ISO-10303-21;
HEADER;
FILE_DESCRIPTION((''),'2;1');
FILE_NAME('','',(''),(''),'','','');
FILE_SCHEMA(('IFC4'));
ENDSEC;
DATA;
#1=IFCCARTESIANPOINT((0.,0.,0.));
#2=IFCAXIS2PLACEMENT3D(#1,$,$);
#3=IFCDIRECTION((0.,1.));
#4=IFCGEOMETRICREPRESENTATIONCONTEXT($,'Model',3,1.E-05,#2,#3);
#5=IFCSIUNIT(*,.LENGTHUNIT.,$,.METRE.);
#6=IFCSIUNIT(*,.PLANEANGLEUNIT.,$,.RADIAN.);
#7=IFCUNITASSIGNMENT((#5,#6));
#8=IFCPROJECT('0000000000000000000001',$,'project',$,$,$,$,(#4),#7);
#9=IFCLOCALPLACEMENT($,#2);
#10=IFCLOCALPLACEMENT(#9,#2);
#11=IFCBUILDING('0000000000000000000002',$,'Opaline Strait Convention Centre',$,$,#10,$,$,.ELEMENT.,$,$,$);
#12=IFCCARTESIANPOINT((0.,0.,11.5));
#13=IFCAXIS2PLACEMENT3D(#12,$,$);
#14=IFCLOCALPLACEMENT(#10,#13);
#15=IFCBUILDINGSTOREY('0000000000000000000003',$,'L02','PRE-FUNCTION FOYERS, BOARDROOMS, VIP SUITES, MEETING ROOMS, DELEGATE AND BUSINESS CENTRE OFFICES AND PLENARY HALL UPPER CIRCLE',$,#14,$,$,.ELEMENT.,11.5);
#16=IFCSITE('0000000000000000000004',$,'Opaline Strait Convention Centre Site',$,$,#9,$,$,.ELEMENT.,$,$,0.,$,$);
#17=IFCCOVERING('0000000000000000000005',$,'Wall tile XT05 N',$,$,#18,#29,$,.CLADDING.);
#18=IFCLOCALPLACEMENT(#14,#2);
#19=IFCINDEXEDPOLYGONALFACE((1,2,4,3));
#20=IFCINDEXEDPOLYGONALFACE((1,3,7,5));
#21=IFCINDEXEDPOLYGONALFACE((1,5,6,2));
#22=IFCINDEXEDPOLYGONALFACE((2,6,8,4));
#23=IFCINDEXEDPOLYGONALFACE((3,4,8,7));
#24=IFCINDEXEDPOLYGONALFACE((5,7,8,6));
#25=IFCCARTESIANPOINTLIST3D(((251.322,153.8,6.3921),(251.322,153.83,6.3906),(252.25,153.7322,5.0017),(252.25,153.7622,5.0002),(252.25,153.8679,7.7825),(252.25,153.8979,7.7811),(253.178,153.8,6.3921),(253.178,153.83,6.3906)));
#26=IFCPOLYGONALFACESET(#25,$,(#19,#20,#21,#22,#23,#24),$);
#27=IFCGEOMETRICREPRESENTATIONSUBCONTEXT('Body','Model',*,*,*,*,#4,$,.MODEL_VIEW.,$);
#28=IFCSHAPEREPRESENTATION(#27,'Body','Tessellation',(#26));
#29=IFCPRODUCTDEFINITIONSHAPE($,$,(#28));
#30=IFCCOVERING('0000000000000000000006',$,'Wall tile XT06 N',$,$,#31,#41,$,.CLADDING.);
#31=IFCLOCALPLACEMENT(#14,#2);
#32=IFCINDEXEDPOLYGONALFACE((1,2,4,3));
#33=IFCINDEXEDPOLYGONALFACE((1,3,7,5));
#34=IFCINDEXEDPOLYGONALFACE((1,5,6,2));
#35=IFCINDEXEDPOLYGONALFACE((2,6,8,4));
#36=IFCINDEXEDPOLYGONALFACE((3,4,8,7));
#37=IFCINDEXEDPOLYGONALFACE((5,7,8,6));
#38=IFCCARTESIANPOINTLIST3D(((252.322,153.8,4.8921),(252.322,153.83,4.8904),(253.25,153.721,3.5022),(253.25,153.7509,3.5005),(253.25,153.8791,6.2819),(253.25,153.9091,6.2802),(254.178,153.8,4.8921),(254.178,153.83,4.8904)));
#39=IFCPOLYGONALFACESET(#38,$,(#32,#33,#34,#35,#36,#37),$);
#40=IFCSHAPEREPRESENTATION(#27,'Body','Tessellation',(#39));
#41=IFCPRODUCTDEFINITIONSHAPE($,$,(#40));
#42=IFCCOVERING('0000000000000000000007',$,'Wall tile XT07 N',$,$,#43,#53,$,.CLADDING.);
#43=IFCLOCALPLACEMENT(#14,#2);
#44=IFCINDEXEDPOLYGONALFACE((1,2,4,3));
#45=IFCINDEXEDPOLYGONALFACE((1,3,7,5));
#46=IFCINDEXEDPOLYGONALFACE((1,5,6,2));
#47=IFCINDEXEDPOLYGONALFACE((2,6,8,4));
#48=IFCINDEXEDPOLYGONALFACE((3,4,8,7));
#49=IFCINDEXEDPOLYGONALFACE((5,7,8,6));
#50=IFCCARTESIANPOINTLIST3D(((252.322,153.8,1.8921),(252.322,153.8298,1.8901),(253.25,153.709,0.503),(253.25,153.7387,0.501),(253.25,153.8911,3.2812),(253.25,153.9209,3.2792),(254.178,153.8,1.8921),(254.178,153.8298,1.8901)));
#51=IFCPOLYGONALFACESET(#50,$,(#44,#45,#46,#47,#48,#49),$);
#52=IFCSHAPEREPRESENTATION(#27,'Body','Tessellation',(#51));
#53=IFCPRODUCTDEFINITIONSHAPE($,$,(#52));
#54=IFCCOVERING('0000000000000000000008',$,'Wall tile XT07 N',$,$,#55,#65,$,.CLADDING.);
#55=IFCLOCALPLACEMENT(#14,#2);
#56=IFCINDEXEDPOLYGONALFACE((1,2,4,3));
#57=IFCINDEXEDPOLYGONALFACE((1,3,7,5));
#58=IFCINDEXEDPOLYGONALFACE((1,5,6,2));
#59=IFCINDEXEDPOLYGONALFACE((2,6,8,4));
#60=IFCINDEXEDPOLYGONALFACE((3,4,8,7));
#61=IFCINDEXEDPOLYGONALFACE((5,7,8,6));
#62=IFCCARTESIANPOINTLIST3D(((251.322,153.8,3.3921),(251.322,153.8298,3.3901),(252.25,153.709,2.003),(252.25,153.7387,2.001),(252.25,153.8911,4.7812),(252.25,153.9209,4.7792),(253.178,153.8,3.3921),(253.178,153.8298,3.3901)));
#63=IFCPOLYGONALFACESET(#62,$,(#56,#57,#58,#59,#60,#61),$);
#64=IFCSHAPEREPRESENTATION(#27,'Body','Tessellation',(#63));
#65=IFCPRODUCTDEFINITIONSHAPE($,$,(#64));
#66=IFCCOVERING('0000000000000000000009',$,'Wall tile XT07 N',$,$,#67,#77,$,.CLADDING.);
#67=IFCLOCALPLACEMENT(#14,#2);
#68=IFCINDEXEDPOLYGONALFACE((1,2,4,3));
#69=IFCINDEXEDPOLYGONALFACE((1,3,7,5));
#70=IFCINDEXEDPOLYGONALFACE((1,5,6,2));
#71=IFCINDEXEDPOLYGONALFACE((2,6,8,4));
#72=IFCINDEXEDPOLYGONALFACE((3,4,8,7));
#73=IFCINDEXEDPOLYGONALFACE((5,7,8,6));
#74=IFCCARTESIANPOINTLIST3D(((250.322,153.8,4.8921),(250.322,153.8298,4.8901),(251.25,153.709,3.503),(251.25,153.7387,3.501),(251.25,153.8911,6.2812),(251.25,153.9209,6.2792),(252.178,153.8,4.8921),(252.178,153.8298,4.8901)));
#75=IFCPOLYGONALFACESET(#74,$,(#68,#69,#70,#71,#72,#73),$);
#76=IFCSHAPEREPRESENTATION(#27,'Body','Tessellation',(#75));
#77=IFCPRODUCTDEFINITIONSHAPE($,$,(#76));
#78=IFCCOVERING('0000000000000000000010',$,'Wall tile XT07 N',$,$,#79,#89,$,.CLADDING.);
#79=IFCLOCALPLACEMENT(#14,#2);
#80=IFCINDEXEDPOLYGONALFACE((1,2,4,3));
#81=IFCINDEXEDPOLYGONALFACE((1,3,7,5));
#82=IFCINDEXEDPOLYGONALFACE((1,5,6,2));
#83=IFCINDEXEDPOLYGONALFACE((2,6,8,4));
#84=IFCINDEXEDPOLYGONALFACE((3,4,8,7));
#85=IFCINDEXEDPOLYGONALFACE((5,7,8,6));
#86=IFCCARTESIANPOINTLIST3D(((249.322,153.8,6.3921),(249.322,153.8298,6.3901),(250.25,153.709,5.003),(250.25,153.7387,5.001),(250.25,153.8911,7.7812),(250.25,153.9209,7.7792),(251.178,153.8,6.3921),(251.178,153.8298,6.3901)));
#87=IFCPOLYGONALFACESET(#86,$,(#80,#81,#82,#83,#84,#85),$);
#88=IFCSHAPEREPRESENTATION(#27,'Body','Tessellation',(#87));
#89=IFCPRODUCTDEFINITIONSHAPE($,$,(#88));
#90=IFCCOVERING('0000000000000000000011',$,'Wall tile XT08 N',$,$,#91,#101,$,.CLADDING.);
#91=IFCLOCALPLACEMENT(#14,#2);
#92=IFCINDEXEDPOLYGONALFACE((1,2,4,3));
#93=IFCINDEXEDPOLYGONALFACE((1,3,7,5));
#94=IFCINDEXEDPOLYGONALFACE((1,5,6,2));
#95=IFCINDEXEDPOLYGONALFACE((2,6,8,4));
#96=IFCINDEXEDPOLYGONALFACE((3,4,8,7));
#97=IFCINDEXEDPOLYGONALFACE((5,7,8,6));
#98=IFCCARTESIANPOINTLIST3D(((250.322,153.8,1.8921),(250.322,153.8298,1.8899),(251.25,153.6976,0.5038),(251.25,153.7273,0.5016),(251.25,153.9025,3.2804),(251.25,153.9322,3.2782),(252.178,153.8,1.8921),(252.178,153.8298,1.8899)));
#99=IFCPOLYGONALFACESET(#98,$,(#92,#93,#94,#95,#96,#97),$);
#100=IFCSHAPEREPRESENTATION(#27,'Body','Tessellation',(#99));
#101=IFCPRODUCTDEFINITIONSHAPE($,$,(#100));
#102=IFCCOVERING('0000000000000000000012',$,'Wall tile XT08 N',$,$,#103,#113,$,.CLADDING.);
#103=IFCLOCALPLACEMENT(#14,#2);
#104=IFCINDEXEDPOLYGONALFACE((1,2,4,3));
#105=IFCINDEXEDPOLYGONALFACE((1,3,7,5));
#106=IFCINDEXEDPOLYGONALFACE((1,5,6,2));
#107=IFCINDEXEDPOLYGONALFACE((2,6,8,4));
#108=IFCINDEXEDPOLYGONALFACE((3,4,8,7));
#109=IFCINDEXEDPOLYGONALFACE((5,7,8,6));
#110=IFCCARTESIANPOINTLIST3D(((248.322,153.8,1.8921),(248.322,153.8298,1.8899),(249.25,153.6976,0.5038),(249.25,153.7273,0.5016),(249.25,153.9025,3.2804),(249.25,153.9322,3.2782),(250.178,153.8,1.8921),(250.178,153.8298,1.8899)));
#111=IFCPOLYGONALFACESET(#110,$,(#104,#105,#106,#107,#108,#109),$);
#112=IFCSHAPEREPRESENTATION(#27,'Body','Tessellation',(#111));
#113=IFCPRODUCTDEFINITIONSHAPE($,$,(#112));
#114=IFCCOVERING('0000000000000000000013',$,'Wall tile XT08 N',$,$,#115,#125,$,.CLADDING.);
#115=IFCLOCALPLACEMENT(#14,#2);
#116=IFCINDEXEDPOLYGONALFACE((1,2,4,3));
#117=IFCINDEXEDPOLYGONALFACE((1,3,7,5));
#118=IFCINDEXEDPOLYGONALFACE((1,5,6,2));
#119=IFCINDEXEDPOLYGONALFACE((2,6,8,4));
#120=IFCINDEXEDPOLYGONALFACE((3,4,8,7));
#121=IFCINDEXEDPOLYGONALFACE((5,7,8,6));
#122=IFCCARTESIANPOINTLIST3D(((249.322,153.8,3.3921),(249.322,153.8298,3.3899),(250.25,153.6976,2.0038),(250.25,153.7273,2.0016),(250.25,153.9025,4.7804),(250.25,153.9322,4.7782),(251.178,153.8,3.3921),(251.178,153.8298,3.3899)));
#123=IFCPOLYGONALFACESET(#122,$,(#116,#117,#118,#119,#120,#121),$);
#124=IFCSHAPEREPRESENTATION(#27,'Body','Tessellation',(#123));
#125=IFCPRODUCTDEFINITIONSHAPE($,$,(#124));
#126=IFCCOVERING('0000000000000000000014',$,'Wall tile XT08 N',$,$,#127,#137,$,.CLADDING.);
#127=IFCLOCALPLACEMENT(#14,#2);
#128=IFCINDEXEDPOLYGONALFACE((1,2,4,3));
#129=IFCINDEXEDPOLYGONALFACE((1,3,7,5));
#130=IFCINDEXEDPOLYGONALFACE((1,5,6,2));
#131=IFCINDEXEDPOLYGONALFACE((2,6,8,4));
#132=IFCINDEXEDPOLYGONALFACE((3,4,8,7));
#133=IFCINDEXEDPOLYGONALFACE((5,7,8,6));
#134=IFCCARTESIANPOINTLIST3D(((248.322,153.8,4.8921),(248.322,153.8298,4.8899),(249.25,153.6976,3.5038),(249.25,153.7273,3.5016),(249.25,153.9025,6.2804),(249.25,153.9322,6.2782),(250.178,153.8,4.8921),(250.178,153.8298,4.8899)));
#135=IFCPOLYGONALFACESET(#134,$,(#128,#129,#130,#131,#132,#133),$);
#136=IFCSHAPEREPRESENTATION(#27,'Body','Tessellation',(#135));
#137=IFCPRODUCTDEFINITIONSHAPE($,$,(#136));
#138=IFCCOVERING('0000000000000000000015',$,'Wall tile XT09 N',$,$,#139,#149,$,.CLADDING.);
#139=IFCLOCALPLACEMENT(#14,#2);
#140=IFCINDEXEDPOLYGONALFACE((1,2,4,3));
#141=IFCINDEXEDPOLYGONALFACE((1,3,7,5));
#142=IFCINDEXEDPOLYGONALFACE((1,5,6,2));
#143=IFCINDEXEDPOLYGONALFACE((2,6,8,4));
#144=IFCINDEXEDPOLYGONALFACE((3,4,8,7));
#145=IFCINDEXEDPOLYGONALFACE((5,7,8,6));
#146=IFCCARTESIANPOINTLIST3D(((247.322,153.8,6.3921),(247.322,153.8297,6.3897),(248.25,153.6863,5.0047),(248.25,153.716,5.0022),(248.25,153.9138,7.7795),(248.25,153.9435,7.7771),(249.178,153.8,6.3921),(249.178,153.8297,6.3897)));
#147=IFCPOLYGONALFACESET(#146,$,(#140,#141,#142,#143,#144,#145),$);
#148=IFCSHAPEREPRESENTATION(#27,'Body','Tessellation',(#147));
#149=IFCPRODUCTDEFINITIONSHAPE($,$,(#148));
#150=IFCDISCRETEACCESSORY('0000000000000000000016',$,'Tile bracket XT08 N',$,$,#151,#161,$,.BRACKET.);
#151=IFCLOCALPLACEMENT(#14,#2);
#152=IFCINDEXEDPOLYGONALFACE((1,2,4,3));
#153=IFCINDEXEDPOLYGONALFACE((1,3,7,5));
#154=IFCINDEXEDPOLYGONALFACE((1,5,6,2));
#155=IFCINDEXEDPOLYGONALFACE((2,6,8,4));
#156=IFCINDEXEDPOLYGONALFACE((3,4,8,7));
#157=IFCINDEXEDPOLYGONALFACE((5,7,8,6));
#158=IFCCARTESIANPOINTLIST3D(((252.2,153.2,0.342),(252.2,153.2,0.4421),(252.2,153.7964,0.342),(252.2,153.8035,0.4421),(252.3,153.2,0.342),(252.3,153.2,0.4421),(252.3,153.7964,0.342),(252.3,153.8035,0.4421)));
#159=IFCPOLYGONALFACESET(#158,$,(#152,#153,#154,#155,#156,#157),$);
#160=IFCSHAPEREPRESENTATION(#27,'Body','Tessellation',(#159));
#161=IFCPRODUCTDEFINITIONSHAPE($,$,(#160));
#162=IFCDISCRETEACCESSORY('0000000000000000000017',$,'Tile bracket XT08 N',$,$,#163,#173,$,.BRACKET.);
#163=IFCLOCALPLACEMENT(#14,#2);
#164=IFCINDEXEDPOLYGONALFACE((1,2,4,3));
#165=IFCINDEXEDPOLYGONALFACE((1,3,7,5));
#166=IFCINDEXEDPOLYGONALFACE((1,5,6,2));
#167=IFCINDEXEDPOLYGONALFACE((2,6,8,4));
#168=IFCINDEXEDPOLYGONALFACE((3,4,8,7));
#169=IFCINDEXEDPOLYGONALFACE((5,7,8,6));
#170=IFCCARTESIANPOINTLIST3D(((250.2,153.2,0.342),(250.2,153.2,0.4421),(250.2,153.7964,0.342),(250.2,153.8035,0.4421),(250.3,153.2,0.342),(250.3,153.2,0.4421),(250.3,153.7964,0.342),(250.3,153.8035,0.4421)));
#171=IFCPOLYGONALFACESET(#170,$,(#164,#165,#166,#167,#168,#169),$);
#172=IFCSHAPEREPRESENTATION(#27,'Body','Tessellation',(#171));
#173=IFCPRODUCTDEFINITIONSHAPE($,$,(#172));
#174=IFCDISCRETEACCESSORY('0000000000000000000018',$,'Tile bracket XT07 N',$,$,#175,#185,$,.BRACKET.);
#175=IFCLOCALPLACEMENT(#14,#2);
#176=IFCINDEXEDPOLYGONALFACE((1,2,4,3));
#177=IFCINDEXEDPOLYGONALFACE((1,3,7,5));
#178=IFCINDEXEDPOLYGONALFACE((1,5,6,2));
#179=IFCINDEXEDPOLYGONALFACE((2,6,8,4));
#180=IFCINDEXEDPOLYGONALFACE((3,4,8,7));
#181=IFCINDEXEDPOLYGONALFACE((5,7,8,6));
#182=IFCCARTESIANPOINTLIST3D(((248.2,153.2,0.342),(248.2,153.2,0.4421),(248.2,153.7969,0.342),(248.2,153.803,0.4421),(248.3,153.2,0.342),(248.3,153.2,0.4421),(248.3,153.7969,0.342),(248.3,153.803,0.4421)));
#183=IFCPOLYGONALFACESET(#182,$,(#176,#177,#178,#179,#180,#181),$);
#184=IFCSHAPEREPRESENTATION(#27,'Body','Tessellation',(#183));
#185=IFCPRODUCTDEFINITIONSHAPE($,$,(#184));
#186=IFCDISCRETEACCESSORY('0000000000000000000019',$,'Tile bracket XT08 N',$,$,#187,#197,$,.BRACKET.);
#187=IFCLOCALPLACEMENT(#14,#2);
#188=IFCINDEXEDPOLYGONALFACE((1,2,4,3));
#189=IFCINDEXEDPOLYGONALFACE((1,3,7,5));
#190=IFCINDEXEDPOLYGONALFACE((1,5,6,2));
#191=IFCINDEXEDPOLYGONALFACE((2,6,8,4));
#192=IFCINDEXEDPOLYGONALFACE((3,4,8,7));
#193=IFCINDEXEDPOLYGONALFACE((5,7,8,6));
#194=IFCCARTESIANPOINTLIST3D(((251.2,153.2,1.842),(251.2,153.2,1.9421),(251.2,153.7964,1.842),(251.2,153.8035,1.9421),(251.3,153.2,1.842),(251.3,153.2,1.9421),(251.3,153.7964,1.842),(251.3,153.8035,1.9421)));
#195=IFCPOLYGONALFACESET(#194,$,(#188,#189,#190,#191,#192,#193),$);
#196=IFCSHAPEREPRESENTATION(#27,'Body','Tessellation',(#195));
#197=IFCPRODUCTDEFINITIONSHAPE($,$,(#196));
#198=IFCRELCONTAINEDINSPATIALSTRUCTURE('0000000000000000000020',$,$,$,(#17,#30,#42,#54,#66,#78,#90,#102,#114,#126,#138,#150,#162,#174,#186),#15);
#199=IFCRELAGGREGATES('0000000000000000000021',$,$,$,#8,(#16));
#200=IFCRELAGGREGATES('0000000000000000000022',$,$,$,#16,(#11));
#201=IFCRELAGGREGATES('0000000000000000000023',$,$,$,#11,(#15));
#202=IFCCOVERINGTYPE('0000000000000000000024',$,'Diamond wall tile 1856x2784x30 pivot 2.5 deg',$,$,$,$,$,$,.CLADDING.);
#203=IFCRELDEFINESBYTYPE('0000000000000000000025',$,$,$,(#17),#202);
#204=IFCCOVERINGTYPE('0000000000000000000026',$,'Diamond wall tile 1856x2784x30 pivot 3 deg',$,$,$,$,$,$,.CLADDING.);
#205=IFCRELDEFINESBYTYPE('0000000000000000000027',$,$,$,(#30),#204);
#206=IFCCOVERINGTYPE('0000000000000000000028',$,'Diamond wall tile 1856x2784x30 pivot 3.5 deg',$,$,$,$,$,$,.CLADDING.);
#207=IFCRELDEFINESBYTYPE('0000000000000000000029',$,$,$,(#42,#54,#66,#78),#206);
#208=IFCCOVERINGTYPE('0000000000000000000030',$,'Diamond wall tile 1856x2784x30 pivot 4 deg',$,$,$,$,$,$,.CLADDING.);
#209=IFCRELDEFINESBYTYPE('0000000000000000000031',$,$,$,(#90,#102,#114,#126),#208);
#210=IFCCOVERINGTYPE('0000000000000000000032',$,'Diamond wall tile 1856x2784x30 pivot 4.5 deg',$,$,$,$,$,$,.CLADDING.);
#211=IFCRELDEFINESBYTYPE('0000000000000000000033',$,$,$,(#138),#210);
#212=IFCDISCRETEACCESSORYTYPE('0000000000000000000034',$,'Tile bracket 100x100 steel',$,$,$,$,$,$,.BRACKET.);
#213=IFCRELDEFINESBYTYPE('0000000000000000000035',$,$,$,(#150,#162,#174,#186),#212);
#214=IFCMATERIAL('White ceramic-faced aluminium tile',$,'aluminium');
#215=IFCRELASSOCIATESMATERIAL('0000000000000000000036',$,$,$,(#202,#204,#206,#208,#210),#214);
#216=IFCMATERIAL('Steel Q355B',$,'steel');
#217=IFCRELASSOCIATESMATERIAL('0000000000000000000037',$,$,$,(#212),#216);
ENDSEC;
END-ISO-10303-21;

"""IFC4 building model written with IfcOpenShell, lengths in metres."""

from ifc_helpers import new_model, si_unit, direction, frame, origin, place, context, subcontext, project, spatial, polyline, outline, extrude, material, material_profile, profile_set, type_object, element, save


model = new_model("IFC4")

# Units and contexts
model_context = context("Model", 3, precision=1e-05, world=origin(), true_north=direction((0.0, 1.0)))
body_context = subcontext(model_context, "Body", "Model", "MODEL_VIEW")
ifc_project = project(units=[si_unit("LENGTHUNIT", "METRE"), si_unit("PLANEANGLEUNIT", "RADIAN")], contexts=[model_context])

# Site, building, storey
site_placement = place(None, origin())
site = spatial("IfcSite", under=ifc_project, at=site_placement, Name="Opaline Strait Convention Centre Site", CompositionType="ELEMENT", RefElevation=0.0)
building_placement = place(site_placement, origin())
building = spatial("IfcBuilding", under=site, at=building_placement, Name="Opaline Strait Convention Centre", CompositionType="ELEMENT")
storey_placement = place(building_placement, frame((0.0, 0.0, 11.5)))
storey = spatial("IfcBuildingStorey", under=building, at=storey_placement, Name="L02", Description="PRE-FUNCTION FOYERS, BOARDROOMS, VIP SUITES, MEETING ROOMS, DELEGATE AND BUSINESS CENTRE OFFICES AND PLENARY HALL UPPER CIRCLE", CompositionType="ELEMENT", Elevation=11.5)

# Coverings
ifc_material_1 = material(Name="White ceramic-faced aluminium tile", Category="aluminium")
ifc_material_profile_1 = material_profile(ifc_material_1, outline(polyline([(0.928, 0.0), (0.0, 1.3921), (-0.928, 0.0), (0.0, -1.3921), (0.928, 0.0)])), Name="Diamond tile 1856x2784")
ifc_profile_set_1 = profile_set([ifc_material_profile_1], Name="White ceramic-faced aluminium tile")
covering_type_1 = type_object("IfcCoveringType", Name="Diamond wall tile 1856x2784x30 pivot 2.5 deg", PredefinedType="CLADDING", material=ifc_profile_set_1)
covering_1_placement = place(storey_placement, frame((252.25, 153.8, 6.3921), z_axis=(0.0, 0.998812, -0.048723), x_axis=(-1.0, 0.0, 0.0)))
element("IfcCovering", 1, at=covering_1_placement, inside=storey, type_object=covering_type_1, Name="Wall tile XT05 N", PredefinedType="CLADDING", context=body_context, shape_type="SweptSolid", body=[
    extrude(outline(polyline([(0.928, 0.0), (0.0, 1.3921), (-0.928, 0.0), (0.0, -1.3921), (0.928, 0.0)])), origin(), (0.0, 0.0, 1.0), 0.03),
])
ifc_material_profile_2 = material_profile(ifc_material_1, outline(polyline([(0.928, 0.0), (0.0, 1.3921), (-0.928, 0.0), (0.0, -1.3921), (0.928, 0.0)])), Name="Diamond tile 1856x2784")
ifc_profile_set_2 = profile_set([ifc_material_profile_2], Name="White ceramic-faced aluminium tile")
covering_type_2 = type_object("IfcCoveringType", Name="Diamond wall tile 1856x2784x30 pivot 3 deg", PredefinedType="CLADDING", material=ifc_profile_set_2)
covering_2_placement = place(storey_placement, frame((253.25, 153.8, 4.8921), z_axis=(0.0, 0.998385, -0.056819), x_axis=(-1.0, 0.0, 0.0)))
element("IfcCovering", 2, at=covering_2_placement, inside=storey, type_object=covering_type_2, Name="Wall tile XT06 N", PredefinedType="CLADDING", context=body_context, shape_type="SweptSolid", body=[
    extrude(outline(polyline([(0.928, 0.0), (0.0, 1.3921), (-0.928, 0.0), (0.0, -1.3921), (0.928, 0.0)])), origin(), (0.0, 0.0, 1.0), 0.03),
])
ifc_material_profile_3 = material_profile(ifc_material_1, outline(polyline([(0.928, 0.0), (0.0, 1.3921), (-0.928, 0.0), (0.0, -1.3921), (0.928, 0.0)])), Name="Diamond tile 1856x2784")
ifc_profile_set_3 = profile_set([ifc_material_profile_3], Name="White ceramic-faced aluminium tile")
covering_type_3 = type_object("IfcCoveringType", Name="Diamond wall tile 1856x2784x30 pivot 3.5 deg", PredefinedType="CLADDING", material=ifc_profile_set_3)
for number, where, z_axis, x_axis, name in (
    (3, (253.25, 153.8, 1.8921), (0.0, 0.997857, -0.065433), (-1.0, 0.0, 0.0), "Wall tile XT07 N"),
    (4, (252.25, 153.8, 3.3921), (0.0, 0.997857, -0.065433), (-1.0, 0.0, 0.0), "Wall tile XT07 N"),
    (5, (251.25, 153.8, 4.8921), (0.0, 0.997857, -0.065433), (-1.0, 0.0, 0.0), "Wall tile XT07 N"),
    (6, (250.25, 153.8, 6.3921), (0.0, 0.997857, -0.065433), (-1.0, 0.0, 0.0), "Wall tile XT07 N"),
):
    element("IfcCovering", number, at=place(storey_placement, frame(where, z_axis=z_axis, x_axis=x_axis)), inside=storey, type_object=covering_type_3, Name=name, PredefinedType="CLADDING", context=body_context, shape_type="SweptSolid", body=[
        extrude(outline(polyline([(0.928, 0.0), (0.0, 1.3921), (-0.928, 0.0), (0.0, -1.3921), (0.928, 0.0)])), origin(), (0.0, 0.0, 1.0), 0.0298),
    ])
ifc_material_profile_4 = material_profile(ifc_material_1, outline(polyline([(0.928, 0.0), (0.0, 1.3921), (-0.928, 0.0), (0.0, -1.3921), (0.928, 0.0)])), Name="Diamond tile 1856x2784")
ifc_profile_set_4 = profile_set([ifc_material_profile_4], Name="White ceramic-faced aluminium tile")
covering_type_4 = type_object("IfcCoveringType", Name="Diamond wall tile 1856x2784x30 pivot 4 deg", PredefinedType="CLADDING", material=ifc_profile_set_4)
for number, where, z_axis, x_axis, name in (
    (7, (251.25, 153.8, 1.8921), (0.0, 0.99729, -0.073571), (-1.0, 0.0, 0.0), "Wall tile XT08 N"),
    (8, (249.25, 153.8, 1.8921), (0.0, 0.99729, -0.073571), (-1.0, 0.0, 0.0), "Wall tile XT08 N"),
    (9, (250.25, 153.8, 3.3921), (0.0, 0.99729, -0.073571), (-1.0, 0.0, 0.0), "Wall tile XT08 N"),
    (10, (249.25, 153.8, 4.8921), (0.0, 0.99729, -0.073571), (-1.0, 0.0, 0.0), "Wall tile XT08 N"),
):
    element("IfcCovering", number, at=place(storey_placement, frame(where, z_axis=z_axis, x_axis=x_axis)), inside=storey, type_object=covering_type_4, Name=name, PredefinedType="CLADDING", context=body_context, shape_type="SweptSolid", body=[
        extrude(outline(polyline([(0.928, 0.0), (0.0, 1.3921), (-0.928, 0.0), (0.0, -1.3921), (0.928, 0.0)])), origin(), (0.0, 0.0, 1.0), 0.0298),
    ])
ifc_material_profile_5 = material_profile(ifc_material_1, outline(polyline([(0.928, 0.0), (0.0, 1.3921), (-0.928, 0.0), (0.0, -1.3921), (0.928, 0.0)])), Name="Diamond tile 1856x2784")
ifc_profile_set_5 = profile_set([ifc_material_profile_5], Name="White ceramic-faced aluminium tile")
covering_type_5 = type_object("IfcCoveringType", Name="Diamond wall tile 1856x2784x30 pivot 4.5 deg", PredefinedType="CLADDING", material=ifc_profile_set_5)
covering_3_placement = place(storey_placement, frame((248.25, 153.8, 6.3921), z_axis=(0.0, 0.996658, -0.081693), x_axis=(-1.0, 0.0, 0.0)))
element("IfcCovering", 11, at=covering_3_placement, inside=storey, type_object=covering_type_5, Name="Wall tile XT09 N", PredefinedType="CLADDING", context=body_context, shape_type="SweptSolid", body=[
    extrude(outline(polyline([(0.928, 0.0), (0.0, 1.3921), (-0.928, 0.0), (0.0, -1.3921), (0.928, 0.0)])), origin(), (0.0, 0.0, 1.0), 0.0298),
])

# Discrete accessories
ifc_material_2 = material(Name="Steel Q355B", Category="steel")
discrete_accessory_type = type_object("IfcDiscreteAccessoryType", Name="Tile bracket 100x100 steel", PredefinedType="BRACKET", material=ifc_material_2)
for number, where, z_axis, x_axis, name in (
    (12, (252.3, 153.2, 0.3921), (-1.0, 0.0, 0.0), (0.0, -1.0, 0.0), "Tile bracket XT08 N"),
    (13, (250.3, 153.2, 0.3921), (-1.0, 0.0, 0.0), (0.0, -1.0, 0.0), "Tile bracket XT08 N"),
):
    element("IfcDiscreteAccessory", number, at=place(storey_placement, frame(where, z_axis=z_axis, x_axis=x_axis)), inside=storey, type_object=discrete_accessory_type, Name=name, PredefinedType="BRACKET", context=body_context, shape_type="SweptSolid", body=[
        extrude(outline(polyline([(0.0, -0.05), (0.0, 0.05), (-0.6035, 0.05), (-0.5964, -0.05), (0.0, -0.05)])), origin(), (0.0, 0.0, 1.0), 0.1001),
    ])
discrete_accessory_1_placement = place(storey_placement, frame((248.3, 153.2, 0.3921), z_axis=(-1.0, 0.0, 0.0), x_axis=(0.0, -1.0, 0.0)))
element("IfcDiscreteAccessory", 14, at=discrete_accessory_1_placement, inside=storey, type_object=discrete_accessory_type, Name="Tile bracket XT07 N", PredefinedType="BRACKET", context=body_context, shape_type="SweptSolid", body=[
    extrude(outline(polyline([(0.0, -0.05), (0.0, 0.05), (-0.603, 0.05), (-0.5969, -0.05), (0.0, -0.05)])), origin(), (0.0, 0.0, 1.0), 0.1001),
])
for number, where, z_axis, x_axis, name in (
    (15, (251.3, 153.2, 1.8921), (-1.0, 0.0, 0.0), (0.0, -1.0, 0.0), "Tile bracket XT08 N"),
):
    element("IfcDiscreteAccessory", number, at=place(storey_placement, frame(where, z_axis=z_axis, x_axis=x_axis)), inside=storey, type_object=discrete_accessory_type, Name=name, PredefinedType="BRACKET", context=body_context, shape_type="SweptSolid", body=[
        extrude(outline(polyline([(0.0, -0.05), (0.0, 0.05), (-0.6035, 0.05), (-0.5964, -0.05), (0.0, -0.05)])), origin(), (0.0, 0.0, 1.0), 0.1001),
    ])

save(model, "model.ifc")
